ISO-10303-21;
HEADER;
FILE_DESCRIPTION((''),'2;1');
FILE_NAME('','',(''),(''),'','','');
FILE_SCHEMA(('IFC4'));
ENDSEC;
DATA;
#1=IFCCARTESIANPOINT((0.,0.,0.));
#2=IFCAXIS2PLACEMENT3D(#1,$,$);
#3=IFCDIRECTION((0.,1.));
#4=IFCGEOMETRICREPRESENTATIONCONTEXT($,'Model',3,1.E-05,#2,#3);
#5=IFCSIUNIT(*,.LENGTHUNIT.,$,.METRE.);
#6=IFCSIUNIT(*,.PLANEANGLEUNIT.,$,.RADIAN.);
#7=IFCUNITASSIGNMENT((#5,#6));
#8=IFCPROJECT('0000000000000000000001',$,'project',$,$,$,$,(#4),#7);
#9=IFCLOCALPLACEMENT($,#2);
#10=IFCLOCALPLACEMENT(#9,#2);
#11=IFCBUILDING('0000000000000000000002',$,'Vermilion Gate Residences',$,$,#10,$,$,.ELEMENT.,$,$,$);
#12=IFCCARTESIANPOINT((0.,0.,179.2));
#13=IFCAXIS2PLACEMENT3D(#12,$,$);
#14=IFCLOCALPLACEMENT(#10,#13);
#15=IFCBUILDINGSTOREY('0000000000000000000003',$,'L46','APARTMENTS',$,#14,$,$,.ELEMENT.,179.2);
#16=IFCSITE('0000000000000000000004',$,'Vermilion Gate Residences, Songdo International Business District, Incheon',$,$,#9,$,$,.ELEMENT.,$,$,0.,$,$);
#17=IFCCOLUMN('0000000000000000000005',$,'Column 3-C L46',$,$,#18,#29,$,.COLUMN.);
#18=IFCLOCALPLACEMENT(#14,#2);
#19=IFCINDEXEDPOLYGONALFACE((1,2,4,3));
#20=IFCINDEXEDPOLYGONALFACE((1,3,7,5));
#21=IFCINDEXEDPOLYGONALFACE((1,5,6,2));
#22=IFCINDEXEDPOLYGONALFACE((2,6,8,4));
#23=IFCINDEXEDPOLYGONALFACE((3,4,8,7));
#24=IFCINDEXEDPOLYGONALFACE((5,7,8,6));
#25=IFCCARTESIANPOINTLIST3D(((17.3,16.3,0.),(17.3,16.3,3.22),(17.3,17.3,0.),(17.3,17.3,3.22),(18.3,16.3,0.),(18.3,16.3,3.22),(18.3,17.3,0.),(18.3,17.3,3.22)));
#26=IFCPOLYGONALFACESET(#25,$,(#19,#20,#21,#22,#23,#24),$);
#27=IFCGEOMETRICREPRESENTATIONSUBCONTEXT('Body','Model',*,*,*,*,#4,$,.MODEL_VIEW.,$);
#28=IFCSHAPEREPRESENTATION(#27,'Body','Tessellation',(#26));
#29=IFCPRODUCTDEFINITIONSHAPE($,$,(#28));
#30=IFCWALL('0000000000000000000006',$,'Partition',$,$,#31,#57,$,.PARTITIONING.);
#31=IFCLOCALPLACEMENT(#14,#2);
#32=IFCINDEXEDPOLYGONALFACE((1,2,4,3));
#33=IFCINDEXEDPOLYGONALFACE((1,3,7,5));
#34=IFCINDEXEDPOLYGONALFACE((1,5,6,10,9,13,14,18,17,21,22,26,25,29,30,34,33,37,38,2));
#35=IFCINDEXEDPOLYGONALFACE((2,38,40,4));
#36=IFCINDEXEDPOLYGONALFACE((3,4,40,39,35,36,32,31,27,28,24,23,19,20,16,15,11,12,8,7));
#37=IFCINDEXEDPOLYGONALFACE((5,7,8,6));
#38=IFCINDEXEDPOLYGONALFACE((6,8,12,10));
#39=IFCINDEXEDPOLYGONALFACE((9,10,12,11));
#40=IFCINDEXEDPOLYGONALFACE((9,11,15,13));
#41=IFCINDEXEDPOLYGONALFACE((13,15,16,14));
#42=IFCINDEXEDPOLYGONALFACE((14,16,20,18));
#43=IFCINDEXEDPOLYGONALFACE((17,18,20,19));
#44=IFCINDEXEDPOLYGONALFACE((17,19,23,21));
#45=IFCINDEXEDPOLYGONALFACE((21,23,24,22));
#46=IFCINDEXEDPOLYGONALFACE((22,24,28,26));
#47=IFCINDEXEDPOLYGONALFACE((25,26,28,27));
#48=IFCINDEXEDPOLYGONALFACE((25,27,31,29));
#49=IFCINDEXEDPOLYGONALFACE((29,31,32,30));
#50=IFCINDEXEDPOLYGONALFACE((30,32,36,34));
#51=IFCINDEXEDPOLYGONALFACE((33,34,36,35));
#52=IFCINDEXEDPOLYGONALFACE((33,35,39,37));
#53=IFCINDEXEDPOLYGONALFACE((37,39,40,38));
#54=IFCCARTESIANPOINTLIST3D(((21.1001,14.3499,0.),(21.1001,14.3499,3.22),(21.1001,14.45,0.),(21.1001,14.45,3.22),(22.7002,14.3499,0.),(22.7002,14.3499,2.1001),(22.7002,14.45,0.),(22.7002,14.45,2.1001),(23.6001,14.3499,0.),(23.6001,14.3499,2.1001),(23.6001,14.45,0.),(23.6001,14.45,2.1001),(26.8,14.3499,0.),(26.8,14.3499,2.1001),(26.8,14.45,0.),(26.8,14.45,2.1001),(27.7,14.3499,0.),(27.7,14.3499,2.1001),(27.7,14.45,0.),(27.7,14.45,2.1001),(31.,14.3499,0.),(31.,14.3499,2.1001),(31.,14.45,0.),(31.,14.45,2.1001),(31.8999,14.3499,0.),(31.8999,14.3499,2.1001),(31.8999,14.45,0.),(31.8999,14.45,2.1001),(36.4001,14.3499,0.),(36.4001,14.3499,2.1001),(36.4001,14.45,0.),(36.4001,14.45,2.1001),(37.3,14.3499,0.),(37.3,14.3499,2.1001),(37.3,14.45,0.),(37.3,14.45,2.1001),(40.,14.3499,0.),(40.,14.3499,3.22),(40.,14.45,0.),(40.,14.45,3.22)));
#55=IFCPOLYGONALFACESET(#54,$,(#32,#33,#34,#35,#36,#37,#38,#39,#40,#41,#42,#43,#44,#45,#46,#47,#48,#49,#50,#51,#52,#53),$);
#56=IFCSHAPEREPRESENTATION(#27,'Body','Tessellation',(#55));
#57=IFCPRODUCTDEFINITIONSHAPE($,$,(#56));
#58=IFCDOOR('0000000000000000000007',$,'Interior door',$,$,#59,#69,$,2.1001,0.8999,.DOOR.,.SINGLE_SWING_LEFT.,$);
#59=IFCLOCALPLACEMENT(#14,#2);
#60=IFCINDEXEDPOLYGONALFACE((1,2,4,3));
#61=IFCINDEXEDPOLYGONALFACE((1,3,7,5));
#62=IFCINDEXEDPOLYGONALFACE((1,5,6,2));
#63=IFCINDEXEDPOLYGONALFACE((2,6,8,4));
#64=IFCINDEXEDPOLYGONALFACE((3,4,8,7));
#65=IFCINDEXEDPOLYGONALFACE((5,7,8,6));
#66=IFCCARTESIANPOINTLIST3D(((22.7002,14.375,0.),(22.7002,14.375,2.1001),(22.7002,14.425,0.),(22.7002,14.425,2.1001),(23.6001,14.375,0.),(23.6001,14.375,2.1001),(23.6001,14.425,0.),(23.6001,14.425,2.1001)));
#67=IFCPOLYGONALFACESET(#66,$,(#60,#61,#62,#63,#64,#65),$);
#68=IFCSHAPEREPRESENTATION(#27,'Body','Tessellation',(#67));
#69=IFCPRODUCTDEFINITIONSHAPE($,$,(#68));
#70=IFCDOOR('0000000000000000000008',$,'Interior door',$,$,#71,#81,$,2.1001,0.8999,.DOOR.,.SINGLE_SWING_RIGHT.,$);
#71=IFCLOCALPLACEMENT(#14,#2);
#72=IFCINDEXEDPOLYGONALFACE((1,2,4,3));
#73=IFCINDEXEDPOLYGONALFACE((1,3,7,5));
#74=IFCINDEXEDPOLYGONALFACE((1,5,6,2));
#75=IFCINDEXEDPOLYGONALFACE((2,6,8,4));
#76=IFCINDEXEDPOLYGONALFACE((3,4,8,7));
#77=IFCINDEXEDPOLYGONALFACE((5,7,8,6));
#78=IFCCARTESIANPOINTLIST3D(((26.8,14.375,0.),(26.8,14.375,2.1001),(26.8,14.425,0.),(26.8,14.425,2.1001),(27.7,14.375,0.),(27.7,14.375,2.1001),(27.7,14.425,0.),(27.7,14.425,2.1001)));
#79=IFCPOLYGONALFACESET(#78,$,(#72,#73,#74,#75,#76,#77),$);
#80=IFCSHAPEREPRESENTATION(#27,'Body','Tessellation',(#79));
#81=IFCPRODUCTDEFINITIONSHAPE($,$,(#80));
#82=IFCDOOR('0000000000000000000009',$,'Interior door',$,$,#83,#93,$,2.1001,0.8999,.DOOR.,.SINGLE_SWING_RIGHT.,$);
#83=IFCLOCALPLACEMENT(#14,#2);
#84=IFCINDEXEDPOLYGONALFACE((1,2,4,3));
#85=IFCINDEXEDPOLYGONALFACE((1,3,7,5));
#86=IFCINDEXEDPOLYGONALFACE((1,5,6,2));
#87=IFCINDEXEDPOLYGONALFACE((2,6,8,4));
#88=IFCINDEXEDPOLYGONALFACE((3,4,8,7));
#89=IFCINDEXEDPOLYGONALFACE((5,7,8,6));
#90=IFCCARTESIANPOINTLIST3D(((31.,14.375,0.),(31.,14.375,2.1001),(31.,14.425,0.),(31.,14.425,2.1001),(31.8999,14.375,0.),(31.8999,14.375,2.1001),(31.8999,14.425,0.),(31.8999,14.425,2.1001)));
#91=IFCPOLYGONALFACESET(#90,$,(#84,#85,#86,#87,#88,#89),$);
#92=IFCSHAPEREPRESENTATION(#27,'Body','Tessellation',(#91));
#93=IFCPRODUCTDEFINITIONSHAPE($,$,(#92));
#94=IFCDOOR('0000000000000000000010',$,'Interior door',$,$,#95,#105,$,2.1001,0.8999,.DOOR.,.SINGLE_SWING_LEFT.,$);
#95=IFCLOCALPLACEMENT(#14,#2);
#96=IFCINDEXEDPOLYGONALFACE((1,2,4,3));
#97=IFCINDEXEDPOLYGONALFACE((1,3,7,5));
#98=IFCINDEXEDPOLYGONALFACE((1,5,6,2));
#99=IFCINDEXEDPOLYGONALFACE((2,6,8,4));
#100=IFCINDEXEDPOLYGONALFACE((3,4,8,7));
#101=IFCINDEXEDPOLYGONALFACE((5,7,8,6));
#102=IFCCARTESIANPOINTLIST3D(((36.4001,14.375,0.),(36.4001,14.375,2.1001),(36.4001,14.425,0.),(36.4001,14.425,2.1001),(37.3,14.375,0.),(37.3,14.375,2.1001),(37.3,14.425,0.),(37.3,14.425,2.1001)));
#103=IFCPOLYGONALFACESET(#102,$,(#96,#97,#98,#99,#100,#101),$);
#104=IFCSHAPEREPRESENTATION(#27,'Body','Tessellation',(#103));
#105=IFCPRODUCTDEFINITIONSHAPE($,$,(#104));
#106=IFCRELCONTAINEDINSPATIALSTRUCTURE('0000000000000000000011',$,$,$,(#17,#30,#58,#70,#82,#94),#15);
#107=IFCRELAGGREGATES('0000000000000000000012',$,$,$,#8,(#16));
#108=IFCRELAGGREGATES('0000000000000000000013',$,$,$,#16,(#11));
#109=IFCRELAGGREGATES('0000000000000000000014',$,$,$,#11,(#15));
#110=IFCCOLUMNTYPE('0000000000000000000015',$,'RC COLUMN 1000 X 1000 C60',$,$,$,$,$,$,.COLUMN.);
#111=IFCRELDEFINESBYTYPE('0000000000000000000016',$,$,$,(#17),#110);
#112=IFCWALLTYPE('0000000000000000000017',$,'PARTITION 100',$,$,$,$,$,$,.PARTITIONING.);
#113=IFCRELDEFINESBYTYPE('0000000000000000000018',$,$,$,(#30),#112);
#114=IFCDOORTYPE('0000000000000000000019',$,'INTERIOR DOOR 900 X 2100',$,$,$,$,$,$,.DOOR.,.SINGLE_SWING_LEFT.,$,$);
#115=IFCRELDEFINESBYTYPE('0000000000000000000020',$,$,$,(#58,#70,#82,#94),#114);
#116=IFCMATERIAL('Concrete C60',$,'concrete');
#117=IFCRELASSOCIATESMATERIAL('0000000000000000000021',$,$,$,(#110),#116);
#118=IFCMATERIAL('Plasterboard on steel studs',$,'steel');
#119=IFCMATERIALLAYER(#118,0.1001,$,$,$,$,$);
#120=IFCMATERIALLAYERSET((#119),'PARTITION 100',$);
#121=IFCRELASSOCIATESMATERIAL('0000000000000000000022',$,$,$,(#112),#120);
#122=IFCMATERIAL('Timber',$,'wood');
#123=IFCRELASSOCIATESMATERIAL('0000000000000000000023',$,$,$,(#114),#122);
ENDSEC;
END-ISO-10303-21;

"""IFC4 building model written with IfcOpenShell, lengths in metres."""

from ifc_helpers import new_model, si_unit, direction, frame, frame_2d, origin, origin_2d, place, context, subcontext, project, spatial, rectangle, extrude, material, layer, layer_set, material_profile, profile_set, type_object, element, fill, save


model = new_model("IFC4")

# Units and contexts
model_context = context("Model", 3, precision=1e-05, world=origin(), true_north=direction((0.0, 1.0)))
body_context = subcontext(model_context, "Body", "Model", "MODEL_VIEW")
ifc_project = project(units=[si_unit("LENGTHUNIT", "METRE"), si_unit("PLANEANGLEUNIT", "RADIAN")], contexts=[model_context])

# Site, building, storey
site_placement = place(None, origin())
site = spatial("IfcSite", under=ifc_project, at=site_placement, Name="Vermilion Gate Residences, Songdo International Business District, Incheon", CompositionType="ELEMENT", RefElevation=0.0)
building_placement = place(site_placement, origin())
building = spatial("IfcBuilding", under=site, at=building_placement, Name="Vermilion Gate Residences", CompositionType="ELEMENT")
storey_placement = place(building_placement, frame((0.0, 0.0, 179.2)))
storey = spatial("IfcBuildingStorey", under=building, at=storey_placement, Name="L46", Description="APARTMENTS", CompositionType="ELEMENT", Elevation=179.2)

# Column
ifc_material_1 = material(Name="Concrete C60", Category="concrete")
ifc_material_profile = material_profile(ifc_material_1, rectangle(XDim=1.0, YDim=1.0, at=origin_2d()), Name="RC-1000x1000")
ifc_profile_set = profile_set([ifc_material_profile], Name="Concrete C60")
column_type = type_object("IfcColumnType", Name="RC COLUMN 1000 X 1000 C60", PredefinedType="COLUMN", material=ifc_profile_set)
column_placement = place(storey_placement, frame((17.8, 16.8, 0.0), z_axis=(0.0, 0.0, 1.0), x_axis=(1.0, 0.0, 0.0)))
element("IfcColumn", 1, at=column_placement, inside=storey, type_object=column_type, Name="Column 3-C L46", PredefinedType="COLUMN", context=body_context, shape_type="SweptSolid", body=[
    extrude(rectangle(XDim=1.0, YDim=1.0, at=origin_2d()), origin(), (0.0, 0.0, 1.0), 3.22),
])

# Wall, openings, doors
ifc_material_2 = material(Name="Plasterboard on steel studs", Category="steel")
ifc_layer_1 = layer(ifc_material_2, 0.1001)
ifc_layer_set_1 = layer_set([ifc_layer_1], Name="PARTITION 100")
wall_type_1 = type_object("IfcWallType", Name="PARTITION 100", PredefinedType="PARTITIONING", material=ifc_layer_set_1)
wall_1_placement = place(storey_placement, frame((21.1001, 14.3999, 0.0), z_axis=(0.0, 0.0, 1.0), x_axis=(1.0, 0.0, 0.0)))
wall_1 = element("IfcWall", 2, at=wall_1_placement, inside=storey, type_object=wall_type_1, Name="Partition", PredefinedType="PARTITIONING", context=body_context, shape_type="SweptSolid", body=[
    extrude(rectangle(XDim=18.8999, YDim=0.1001, at=frame_2d((9.45, 0.0))), origin(), (0.0, 0.0, 1.0), 3.22),
])
opening_1_placement = place(wall_1_placement, frame((1.6001, 0.0, 0.0)))
opening_1 = element("IfcOpeningElement", 3, at=opening_1_placement, cuts=wall_1, PredefinedType="OPENING", context=body_context, shape_type="SweptSolid", body=[
    extrude(rectangle(XDim=0.8999, YDim=2.1001, at=frame_2d((0.45, 1.05))), frame((0.0, 0.0601, 0.0), z_axis=(0.0, -1.0, 0.0), x_axis=(1.0, 0.0, 0.0)), (0.0, 0.0, 1.0), 0.1201),
])
opening_2_placement = place(wall_1_placement, frame((5.7, 0.0, 0.0)))
opening_2 = element("IfcOpeningElement", 4, at=opening_2_placement, cuts=wall_1, PredefinedType="OPENING", context=body_context, shape_type="SweptSolid", body=[
    extrude(rectangle(XDim=0.8999, YDim=2.1001, at=frame_2d((0.45, 1.05))), frame((0.0, 0.0601, 0.0), z_axis=(0.0, -1.0, 0.0), x_axis=(1.0, 0.0, 0.0)), (0.0, 0.0, 1.0), 0.1201),
])
opening_3_placement = place(wall_1_placement, frame((9.8999, 0.0, 0.0)))
opening_3 = element("IfcOpeningElement", 5, at=opening_3_placement, cuts=wall_1, PredefinedType="OPENING", context=body_context, shape_type="SweptSolid", body=[
    extrude(rectangle(XDim=0.8999, YDim=2.1001, at=frame_2d((0.45, 1.05))), frame((0.0, 0.0601, 0.0), z_axis=(0.0, -1.0, 0.0), x_axis=(1.0, 0.0, 0.0)), (0.0, 0.0, 1.0), 0.1201),
])
opening_4_placement = place(wall_1_placement, frame((15.3, 0.0, 0.0)))
opening_4 = element("IfcOpeningElement", 6, at=opening_4_placement, cuts=wall_1, PredefinedType="OPENING", context=body_context, shape_type="SweptSolid", body=[
    extrude(rectangle(XDim=0.8999, YDim=2.1001, at=frame_2d((0.45, 1.05))), frame((0.0, 0.0601, 0.0), z_axis=(0.0, -1.0, 0.0), x_axis=(1.0, 0.0, 0.0)), (0.0, 0.0, 1.0), 0.1201),
])
ifc_material_3 = material(Name="Timber", Category="wood")
door_type_1 = type_object("IfcDoorType", Name="INTERIOR DOOR 900 X 2100", OperationType="SINGLE_SWING_LEFT", PredefinedType="DOOR", material=ifc_material_3)
door_1_placement = place(opening_1_placement, frame((0.8999, 0.0, 0.0), z_axis=(0.0, 0.0, 1.0), x_axis=(-1.0, 0.0, 0.0)))
door_1 = element("IfcDoor", 7, at=door_1_placement, inside=storey, type_object=door_type_1, Name="Interior door", OperationType="SINGLE_SWING_LEFT", OverallHeight=2.1001, OverallWidth=0.8999, PredefinedType="DOOR", context=body_context, shape_type="SweptSolid", body=[
    extrude(rectangle(XDim=0.8999, YDim=2.1001, at=frame_2d((0.45, 1.05))), frame((0.0, 0.0249, 0.0), z_axis=(0.0, -1.0, 0.0), x_axis=(1.0, 0.0, 0.0)), (0.0, 0.0, 1.0), 0.05),
])
fill(opening_1, door_1)
door_2_placement = place(opening_2_placement, frame((0.8999, 0.0, 0.0), z_axis=(0.0, 0.0, 1.0), x_axis=(-1.0, 0.0, 0.0)))
door_2 = element("IfcDoor", 8, at=door_2_placement, inside=storey, type_object=door_type_1, Name="Interior door", OperationType="SINGLE_SWING_RIGHT", OverallHeight=2.1001, OverallWidth=0.8999, PredefinedType="DOOR", context=body_context, shape_type="SweptSolid", body=[
    extrude(rectangle(XDim=0.8999, YDim=2.1001, at=frame_2d((0.45, 1.05))), frame((0.0, 0.0249, 0.0), z_axis=(0.0, -1.0, 0.0), x_axis=(1.0, 0.0, 0.0)), (0.0, 0.0, 1.0), 0.05),
])
fill(opening_2, door_2)
door_3_placement = place(opening_3_placement, frame((0.8999, 0.0, 0.0), z_axis=(0.0, 0.0, 1.0), x_axis=(-1.0, 0.0, 0.0)))
door_3 = element("IfcDoor", 9, at=door_3_placement, inside=storey, type_object=door_type_1, Name="Interior door", OperationType="SINGLE_SWING_RIGHT", OverallHeight=2.1001, OverallWidth=0.8999, PredefinedType="DOOR", context=body_context, shape_type="SweptSolid", body=[
    extrude(rectangle(XDim=0.8999, YDim=2.1001, at=frame_2d((0.45, 1.05))), frame((0.0, 0.0249, 0.0), z_axis=(0.0, -1.0, 0.0), x_axis=(1.0, 0.0, 0.0)), (0.0, 0.0, 1.0), 0.05),
])
fill(opening_3, door_3)
door_4_placement = place(opening_4_placement, frame((0.8999, 0.0, 0.0), z_axis=(0.0, 0.0, 1.0), x_axis=(-1.0, 0.0, 0.0)))
door_4 = element("IfcDoor", 10, at=door_4_placement, inside=storey, type_object=door_type_1, Name="Interior door", OperationType="SINGLE_SWING_LEFT", OverallHeight=2.1001, OverallWidth=0.8999, PredefinedType="DOOR", context=body_context, shape_type="SweptSolid", body=[
    extrude(rectangle(XDim=0.8999, YDim=2.1001, at=frame_2d((0.45, 1.05))), frame((0.0, 0.0249, 0.0), z_axis=(0.0, -1.0, 0.0), x_axis=(1.0, 0.0, 0.0)), (0.0, 0.0, 1.0), 0.05),
])
fill(opening_4, door_4)

save(model, "model.ifc")
